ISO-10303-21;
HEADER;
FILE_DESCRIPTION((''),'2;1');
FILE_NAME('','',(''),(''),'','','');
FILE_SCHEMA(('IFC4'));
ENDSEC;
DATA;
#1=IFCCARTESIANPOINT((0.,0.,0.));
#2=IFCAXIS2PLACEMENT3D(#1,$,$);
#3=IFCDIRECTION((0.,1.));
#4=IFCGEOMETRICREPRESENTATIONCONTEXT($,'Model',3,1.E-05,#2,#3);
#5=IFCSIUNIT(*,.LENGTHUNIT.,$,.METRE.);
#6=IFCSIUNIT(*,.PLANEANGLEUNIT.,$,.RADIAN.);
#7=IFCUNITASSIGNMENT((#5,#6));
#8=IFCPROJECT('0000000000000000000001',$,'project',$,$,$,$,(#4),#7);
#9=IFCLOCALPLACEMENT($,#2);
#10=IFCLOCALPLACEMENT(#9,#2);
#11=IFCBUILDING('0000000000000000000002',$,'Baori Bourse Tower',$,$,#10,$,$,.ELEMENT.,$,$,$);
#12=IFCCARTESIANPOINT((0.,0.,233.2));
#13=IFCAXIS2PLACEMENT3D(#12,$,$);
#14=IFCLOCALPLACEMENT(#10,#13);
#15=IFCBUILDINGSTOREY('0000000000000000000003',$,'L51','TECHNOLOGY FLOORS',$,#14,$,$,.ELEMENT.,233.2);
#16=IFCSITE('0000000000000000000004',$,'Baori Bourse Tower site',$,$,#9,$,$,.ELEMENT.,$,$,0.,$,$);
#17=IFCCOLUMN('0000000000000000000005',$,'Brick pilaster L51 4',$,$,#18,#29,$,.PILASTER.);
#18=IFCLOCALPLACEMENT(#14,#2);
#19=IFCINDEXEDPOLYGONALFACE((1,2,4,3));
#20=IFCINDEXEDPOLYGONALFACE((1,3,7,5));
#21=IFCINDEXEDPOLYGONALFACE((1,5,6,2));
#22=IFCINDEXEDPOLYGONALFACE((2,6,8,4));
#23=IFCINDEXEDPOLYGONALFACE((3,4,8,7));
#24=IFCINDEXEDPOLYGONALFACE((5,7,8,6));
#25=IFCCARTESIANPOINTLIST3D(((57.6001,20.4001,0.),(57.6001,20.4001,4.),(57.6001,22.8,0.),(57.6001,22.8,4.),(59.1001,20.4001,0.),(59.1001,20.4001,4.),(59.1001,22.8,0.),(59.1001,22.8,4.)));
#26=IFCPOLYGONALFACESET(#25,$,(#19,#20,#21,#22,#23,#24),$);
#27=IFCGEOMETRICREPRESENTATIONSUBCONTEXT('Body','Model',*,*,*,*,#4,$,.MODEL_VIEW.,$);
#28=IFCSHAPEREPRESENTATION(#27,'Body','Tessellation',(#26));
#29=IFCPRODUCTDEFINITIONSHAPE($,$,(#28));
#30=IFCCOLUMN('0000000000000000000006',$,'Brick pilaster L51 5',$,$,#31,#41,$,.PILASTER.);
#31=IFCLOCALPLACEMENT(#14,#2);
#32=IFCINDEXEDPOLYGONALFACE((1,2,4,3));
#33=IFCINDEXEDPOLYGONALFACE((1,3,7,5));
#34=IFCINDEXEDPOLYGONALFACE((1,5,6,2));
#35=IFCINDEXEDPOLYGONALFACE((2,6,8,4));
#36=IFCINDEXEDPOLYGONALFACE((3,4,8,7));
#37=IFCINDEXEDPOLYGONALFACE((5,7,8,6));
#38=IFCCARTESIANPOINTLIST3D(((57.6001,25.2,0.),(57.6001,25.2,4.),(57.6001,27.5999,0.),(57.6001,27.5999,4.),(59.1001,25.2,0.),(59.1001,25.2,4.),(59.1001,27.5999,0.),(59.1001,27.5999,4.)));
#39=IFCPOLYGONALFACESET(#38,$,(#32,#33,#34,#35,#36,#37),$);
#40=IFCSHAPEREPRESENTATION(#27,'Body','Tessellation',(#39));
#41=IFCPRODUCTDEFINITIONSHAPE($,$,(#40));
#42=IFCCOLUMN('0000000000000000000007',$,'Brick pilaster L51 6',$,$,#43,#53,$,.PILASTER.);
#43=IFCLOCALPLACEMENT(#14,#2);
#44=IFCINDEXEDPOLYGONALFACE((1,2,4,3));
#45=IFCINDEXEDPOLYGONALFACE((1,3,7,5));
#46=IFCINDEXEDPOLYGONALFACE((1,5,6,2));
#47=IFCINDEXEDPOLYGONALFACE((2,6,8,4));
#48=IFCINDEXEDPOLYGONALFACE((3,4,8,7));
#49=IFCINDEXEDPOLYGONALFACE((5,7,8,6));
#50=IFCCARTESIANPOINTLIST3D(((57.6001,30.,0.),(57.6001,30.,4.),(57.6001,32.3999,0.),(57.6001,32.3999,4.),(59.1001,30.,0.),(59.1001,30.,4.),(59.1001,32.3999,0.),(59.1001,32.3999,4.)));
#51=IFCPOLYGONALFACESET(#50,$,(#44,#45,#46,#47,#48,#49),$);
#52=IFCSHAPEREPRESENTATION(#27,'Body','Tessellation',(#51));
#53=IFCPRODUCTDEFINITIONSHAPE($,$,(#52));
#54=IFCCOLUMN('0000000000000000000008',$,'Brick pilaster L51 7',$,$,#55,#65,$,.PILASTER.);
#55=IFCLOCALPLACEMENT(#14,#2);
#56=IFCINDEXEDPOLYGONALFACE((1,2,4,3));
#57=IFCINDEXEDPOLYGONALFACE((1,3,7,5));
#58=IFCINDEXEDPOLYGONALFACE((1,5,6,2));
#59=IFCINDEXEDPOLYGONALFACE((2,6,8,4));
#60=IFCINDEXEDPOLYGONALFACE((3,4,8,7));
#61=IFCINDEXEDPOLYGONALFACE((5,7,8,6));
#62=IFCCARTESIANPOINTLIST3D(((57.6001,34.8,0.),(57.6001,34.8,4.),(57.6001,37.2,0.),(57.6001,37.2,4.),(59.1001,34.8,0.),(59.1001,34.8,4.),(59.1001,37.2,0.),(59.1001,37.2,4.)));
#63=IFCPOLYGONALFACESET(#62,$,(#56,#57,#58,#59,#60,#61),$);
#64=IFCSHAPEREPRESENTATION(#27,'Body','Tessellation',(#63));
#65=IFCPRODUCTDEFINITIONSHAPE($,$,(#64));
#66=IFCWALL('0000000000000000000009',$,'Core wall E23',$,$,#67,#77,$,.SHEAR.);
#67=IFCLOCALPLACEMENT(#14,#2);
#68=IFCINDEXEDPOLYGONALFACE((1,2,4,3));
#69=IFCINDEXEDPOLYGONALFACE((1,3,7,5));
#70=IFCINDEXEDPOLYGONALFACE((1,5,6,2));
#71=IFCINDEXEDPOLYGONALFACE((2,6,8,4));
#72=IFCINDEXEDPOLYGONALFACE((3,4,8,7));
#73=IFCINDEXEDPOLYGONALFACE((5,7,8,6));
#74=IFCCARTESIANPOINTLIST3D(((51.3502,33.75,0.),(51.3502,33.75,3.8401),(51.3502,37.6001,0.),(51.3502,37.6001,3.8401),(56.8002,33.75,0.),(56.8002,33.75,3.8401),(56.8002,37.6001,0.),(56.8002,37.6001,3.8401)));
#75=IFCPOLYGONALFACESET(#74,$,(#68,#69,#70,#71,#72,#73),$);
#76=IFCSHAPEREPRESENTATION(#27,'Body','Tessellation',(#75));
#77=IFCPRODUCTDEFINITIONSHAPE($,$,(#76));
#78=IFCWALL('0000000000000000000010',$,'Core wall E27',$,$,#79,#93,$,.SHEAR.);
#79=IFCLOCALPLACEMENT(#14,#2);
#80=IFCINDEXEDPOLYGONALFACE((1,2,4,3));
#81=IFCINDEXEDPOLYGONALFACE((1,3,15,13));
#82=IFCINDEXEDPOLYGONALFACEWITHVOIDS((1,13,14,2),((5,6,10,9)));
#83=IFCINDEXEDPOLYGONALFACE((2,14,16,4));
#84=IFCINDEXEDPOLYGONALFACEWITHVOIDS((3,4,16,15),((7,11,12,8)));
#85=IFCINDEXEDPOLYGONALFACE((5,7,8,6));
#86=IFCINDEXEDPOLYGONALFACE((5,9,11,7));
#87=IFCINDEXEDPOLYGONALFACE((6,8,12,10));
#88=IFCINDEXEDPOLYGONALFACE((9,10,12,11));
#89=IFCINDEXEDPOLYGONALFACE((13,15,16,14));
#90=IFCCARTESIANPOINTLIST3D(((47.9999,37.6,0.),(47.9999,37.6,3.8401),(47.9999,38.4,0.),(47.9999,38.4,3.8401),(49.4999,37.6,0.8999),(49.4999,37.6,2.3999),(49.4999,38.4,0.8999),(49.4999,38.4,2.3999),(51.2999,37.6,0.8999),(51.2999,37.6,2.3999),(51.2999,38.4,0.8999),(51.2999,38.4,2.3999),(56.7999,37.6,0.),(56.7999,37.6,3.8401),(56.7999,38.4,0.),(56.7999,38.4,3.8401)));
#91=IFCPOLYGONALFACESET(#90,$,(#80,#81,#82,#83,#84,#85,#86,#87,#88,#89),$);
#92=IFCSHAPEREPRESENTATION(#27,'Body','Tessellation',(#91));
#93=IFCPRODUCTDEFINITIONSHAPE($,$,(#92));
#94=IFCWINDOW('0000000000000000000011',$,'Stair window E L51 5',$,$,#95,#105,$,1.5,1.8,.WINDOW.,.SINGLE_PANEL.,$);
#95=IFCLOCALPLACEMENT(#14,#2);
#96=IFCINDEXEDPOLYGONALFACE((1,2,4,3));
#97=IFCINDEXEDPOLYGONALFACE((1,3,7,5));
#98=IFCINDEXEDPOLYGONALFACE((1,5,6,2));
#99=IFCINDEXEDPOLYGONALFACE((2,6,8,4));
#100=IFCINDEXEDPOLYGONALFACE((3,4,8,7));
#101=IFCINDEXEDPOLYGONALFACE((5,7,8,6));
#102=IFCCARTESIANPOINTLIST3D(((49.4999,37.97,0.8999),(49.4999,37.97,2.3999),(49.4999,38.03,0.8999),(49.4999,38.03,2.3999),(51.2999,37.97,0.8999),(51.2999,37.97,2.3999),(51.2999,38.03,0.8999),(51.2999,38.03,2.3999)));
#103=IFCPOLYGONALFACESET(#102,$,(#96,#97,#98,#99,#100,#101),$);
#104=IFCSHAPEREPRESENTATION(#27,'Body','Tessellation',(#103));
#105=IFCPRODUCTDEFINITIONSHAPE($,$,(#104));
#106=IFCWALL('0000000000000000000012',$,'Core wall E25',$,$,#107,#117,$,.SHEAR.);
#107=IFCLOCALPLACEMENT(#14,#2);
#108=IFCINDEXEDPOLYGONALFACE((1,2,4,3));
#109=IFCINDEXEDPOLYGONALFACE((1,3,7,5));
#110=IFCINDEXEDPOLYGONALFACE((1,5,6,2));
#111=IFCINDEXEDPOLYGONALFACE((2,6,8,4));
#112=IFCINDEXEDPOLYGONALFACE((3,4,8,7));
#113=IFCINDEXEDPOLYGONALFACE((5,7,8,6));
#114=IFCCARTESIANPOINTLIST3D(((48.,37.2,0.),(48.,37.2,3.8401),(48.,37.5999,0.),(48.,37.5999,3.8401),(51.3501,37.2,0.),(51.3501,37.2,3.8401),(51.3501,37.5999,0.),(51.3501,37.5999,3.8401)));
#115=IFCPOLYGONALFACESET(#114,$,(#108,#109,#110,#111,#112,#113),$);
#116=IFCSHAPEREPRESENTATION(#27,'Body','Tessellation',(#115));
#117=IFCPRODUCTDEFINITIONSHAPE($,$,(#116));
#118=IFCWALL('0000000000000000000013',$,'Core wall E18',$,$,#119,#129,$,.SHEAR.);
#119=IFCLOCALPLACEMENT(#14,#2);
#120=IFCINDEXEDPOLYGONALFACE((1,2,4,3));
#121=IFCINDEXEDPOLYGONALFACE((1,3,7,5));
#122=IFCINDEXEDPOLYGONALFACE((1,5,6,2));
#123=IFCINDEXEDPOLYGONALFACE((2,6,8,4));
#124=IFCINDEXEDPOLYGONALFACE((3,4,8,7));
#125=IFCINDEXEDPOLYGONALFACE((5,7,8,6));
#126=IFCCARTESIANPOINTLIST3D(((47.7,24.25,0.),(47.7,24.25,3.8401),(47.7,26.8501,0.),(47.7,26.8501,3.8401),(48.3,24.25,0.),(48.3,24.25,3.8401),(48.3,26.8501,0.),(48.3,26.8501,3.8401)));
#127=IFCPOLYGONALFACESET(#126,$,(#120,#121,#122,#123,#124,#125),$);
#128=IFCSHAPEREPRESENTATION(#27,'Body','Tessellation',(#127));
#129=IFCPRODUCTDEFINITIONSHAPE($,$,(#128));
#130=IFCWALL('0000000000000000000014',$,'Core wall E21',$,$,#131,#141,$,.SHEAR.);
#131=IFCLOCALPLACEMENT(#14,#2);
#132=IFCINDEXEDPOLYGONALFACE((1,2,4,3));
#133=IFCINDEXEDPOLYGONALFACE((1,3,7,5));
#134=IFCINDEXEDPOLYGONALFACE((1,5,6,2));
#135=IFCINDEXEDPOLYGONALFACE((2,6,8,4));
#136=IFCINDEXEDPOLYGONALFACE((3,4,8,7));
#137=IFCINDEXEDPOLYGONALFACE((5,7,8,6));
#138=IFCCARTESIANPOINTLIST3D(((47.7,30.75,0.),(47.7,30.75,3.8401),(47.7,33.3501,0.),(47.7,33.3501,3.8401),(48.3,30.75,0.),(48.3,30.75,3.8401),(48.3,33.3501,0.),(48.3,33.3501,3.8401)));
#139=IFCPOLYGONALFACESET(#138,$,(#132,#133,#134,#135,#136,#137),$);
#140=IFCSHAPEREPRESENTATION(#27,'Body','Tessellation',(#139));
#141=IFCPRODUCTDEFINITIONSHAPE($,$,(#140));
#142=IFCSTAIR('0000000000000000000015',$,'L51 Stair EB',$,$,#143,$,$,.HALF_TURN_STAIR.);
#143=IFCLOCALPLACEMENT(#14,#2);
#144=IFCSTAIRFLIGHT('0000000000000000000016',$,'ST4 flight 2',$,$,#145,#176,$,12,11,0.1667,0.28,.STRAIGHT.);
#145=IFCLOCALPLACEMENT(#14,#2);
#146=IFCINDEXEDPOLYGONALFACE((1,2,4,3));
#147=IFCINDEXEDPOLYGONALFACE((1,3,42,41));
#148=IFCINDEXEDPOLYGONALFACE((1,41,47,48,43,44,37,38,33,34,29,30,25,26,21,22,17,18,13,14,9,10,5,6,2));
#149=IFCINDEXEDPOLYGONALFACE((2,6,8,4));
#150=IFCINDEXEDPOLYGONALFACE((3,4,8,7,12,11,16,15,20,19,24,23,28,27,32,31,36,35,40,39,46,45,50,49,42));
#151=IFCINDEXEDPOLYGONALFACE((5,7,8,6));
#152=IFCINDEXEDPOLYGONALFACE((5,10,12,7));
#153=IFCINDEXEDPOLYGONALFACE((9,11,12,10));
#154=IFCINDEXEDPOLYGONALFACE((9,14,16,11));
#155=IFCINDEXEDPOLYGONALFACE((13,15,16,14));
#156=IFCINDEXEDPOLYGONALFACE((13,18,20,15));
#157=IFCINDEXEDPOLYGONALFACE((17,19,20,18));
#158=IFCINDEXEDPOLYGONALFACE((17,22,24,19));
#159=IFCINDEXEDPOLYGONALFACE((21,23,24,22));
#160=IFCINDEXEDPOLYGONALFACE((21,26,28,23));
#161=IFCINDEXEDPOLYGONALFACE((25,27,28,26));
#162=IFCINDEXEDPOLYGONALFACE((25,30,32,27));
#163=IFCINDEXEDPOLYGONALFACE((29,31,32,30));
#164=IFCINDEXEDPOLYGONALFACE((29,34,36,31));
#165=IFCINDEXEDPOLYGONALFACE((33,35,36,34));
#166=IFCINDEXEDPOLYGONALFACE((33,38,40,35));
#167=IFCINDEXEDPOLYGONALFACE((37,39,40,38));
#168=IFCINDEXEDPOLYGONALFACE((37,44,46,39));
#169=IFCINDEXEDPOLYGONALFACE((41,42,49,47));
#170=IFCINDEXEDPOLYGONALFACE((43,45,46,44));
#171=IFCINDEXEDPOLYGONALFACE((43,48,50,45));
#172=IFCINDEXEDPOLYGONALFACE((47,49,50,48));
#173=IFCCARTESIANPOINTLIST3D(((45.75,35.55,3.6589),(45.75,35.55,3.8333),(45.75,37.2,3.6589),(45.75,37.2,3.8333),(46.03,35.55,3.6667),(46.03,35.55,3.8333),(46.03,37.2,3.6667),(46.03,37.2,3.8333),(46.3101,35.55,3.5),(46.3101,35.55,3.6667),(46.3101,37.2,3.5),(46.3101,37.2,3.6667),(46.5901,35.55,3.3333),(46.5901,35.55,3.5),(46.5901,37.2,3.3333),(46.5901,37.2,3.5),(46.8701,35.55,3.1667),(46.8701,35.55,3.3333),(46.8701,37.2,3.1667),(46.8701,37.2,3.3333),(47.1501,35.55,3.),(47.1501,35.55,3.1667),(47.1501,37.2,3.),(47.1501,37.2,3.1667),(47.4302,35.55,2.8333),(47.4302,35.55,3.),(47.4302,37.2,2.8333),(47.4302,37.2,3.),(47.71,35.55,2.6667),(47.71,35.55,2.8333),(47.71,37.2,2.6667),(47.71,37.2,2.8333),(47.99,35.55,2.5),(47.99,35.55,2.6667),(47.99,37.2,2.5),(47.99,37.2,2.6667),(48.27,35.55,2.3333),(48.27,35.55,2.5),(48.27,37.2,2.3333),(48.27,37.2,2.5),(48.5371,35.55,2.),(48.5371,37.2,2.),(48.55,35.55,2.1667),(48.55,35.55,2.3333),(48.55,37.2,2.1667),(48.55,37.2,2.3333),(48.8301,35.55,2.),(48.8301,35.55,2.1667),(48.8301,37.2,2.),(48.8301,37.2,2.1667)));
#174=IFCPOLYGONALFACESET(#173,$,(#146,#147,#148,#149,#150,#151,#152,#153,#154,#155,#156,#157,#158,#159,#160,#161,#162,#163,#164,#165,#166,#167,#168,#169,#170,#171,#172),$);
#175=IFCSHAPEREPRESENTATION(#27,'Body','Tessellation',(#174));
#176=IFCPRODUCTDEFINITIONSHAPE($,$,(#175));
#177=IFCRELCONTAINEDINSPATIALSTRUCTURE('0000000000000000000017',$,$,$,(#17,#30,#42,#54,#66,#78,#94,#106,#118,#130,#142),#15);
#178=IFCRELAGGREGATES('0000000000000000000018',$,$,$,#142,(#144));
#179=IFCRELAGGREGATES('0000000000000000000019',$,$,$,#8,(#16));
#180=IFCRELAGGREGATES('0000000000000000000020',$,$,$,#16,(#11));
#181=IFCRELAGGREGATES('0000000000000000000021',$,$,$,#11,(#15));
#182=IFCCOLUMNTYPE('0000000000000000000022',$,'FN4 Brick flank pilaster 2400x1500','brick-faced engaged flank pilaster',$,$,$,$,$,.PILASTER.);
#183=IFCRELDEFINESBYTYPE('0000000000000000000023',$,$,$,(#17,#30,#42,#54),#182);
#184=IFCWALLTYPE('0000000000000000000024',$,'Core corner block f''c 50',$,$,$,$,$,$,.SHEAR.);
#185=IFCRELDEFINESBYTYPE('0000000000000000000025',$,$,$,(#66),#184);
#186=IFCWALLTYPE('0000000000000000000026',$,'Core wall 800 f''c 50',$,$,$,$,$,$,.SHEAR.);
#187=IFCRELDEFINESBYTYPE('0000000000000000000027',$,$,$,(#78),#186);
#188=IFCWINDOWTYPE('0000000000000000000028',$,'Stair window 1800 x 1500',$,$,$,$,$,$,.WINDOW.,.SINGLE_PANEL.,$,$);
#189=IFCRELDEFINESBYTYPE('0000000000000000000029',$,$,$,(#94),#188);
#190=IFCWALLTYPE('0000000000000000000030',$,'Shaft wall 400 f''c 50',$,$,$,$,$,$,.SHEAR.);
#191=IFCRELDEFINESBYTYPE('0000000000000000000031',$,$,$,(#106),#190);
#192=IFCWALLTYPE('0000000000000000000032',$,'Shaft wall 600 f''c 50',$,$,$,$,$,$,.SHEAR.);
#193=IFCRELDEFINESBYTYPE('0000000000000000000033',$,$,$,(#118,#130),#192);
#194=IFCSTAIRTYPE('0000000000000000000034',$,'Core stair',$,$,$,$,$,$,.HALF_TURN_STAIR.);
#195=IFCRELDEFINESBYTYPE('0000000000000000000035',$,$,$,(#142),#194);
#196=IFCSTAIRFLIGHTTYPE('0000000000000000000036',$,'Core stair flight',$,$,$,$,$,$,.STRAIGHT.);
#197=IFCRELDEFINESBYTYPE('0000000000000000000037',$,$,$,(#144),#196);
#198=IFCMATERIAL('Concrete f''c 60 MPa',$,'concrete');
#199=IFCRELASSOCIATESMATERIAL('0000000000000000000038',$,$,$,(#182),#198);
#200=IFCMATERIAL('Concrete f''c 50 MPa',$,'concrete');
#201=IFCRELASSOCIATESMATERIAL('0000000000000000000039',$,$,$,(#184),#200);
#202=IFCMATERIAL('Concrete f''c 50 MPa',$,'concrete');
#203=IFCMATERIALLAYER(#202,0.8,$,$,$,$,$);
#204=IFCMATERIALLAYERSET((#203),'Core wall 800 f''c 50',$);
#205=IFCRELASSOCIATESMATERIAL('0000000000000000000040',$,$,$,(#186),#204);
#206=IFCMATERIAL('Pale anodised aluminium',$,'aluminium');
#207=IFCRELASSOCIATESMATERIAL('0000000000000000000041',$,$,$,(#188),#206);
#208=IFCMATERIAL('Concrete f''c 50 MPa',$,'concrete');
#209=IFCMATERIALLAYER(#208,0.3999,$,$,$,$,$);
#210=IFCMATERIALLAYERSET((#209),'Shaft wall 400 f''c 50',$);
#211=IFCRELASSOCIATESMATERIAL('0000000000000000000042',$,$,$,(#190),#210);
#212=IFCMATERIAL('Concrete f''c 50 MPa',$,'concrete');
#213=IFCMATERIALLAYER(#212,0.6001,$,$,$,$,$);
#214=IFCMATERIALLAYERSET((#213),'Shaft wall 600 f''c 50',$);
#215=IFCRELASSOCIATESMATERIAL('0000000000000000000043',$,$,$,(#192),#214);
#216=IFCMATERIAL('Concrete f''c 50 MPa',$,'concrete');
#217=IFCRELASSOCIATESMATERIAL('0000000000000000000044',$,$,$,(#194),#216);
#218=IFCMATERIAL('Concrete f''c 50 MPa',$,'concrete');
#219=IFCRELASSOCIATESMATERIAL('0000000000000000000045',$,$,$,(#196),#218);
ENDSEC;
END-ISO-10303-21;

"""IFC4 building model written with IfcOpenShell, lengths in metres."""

from ifc_helpers import new_model, si_unit, direction, frame, frame_2d, origin, origin_2d, place, context, subcontext, project, spatial, polyline, rectangle, outline, extrude, material, layer, layer_set, material_profile, profile_set, type_object, element, fill, aggregate, save


model = new_model("IFC4")

# Units and contexts
model_context = context("Model", 3, precision=1e-05, world=origin(), true_north=direction((0.0, 1.0)))
body_context = subcontext(model_context, "Body", "Model", "MODEL_VIEW")
ifc_project = project(units=[si_unit("LENGTHUNIT", "METRE"), si_unit("PLANEANGLEUNIT", "RADIAN")], contexts=[model_context])

# Site, building, storey
site_placement = place(None, origin())
site = spatial("IfcSite", under=ifc_project, at=site_placement, Name="Baori Bourse Tower site", CompositionType="ELEMENT", RefElevation=0.0)
building_placement = place(site_placement, origin())
building = spatial("IfcBuilding", under=site, at=building_placement, Name="Baori Bourse Tower", CompositionType="ELEMENT")
storey_placement = place(building_placement, frame((0.0, 0.0, 233.2)))
storey = spatial("IfcBuildingStorey", under=building, at=storey_placement, Name="L51", Description="TECHNOLOGY FLOORS", CompositionType="ELEMENT", Elevation=233.2)

# Columns
ifc_material_1 = material(Name="Concrete f'c 60 MPa", Category="concrete")
ifc_material_profile = material_profile(ifc_material_1, rectangle(XDim=2.3999, YDim=1.5, at=origin_2d()), Name="RC 2400x1500")
ifc_profile_set = profile_set([ifc_material_profile], Name="Concrete f'c 60 MPa")
column_type = type_object("IfcColumnType", Name="FN4 Brick flank pilaster 2400x1500", Description="brick-faced engaged flank pilaster", PredefinedType="PILASTER", material=ifc_profile_set)
for number, where, z_axis, x_axis, name in (
    (1, (58.3501, 21.6001, 0.0), (0.0, 0.0, 1.0), (0.0, 1.0, 0.0), "Brick pilaster L51 4"),
    (2, (58.3501, 26.3999, 0.0), (0.0, 0.0, 1.0), (0.0, 1.0, 0.0), "Brick pilaster L51 5"),
    (3, (58.3501, 31.2, 0.0), (0.0, 0.0, 1.0), (0.0, 1.0, 0.0), "Brick pilaster L51 6"),
    (4, (58.3501, 36.0, 0.0), (0.0, 0.0, 1.0), (0.0, 1.0, 0.0), "Brick pilaster L51 7"),
):
    element("IfcColumn", number, at=place(storey_placement, frame(where, z_axis=z_axis, x_axis=x_axis)), inside=storey, type_object=column_type, Name=name, PredefinedType="PILASTER", context=body_context, shape_type="SweptSolid", body=[
        extrude(rectangle(XDim=2.3999, YDim=1.5, at=origin_2d()), origin(), (0.0, 0.0, 1.0), 4.0),
    ])

# Wall
ifc_material_2 = material(Name="Concrete f'c 50 MPa", Category="concrete")
wall_type_1 = type_object("IfcWallType", Name="Core corner block f'c 50", PredefinedType="SHEAR", material=ifc_material_2)
wall_1_placement = place(storey_placement, frame((51.3501, 35.675, 0.0), z_axis=(0.0, 0.0, 1.0), x_axis=(1.0, 0.0, 0.0)))
element("IfcWall", 5, at=wall_1_placement, inside=storey, type_object=wall_type_1, Name="Core wall E23", PredefinedType="SHEAR", context=body_context, shape_type="SweptSolid", body=[
    extrude(rectangle(XDim=5.45, YDim=3.8501, at=frame_2d((2.7251, 0.0))), origin(), (0.0, 0.0, 1.0), 3.8401),
])

# Wall, opening, window
ifc_material_3 = material(Name="Concrete f'c 50 MPa", Category="concrete")
ifc_layer_1 = layer(ifc_material_3, 0.8)
ifc_layer_set_1 = layer_set([ifc_layer_1], Name="Core wall 800 f'c 50")
wall_type_2 = type_object("IfcWallType", Name="Core wall 800 f'c 50", PredefinedType="SHEAR", material=ifc_layer_set_1)
wall_2_placement = place(storey_placement, frame((48.0, 38.0, 0.0), z_axis=(0.0, 0.0, 1.0), x_axis=(1.0, 0.0, 0.0)))
wall_2 = element("IfcWall", 6, at=wall_2_placement, inside=storey, type_object=wall_type_2, Name="Core wall E27", PredefinedType="SHEAR", context=body_context, shape_type="SweptSolid", body=[
    extrude(rectangle(XDim=8.8, YDim=0.8, at=frame_2d((4.3999, 0.0))), origin(), (0.0, 0.0, 1.0), 3.8401),
])
opening_placement = place(wall_2_placement, frame((1.5, 0.0, 0.8999)))
opening = element("IfcOpeningElement", 7, at=opening_placement, cuts=wall_2, PredefinedType="OPENING", context=body_context, shape_type="SweptSolid", body=[
    extrude(rectangle(XDim=1.8, YDim=1.5, at=frame_2d((0.8999, 0.75))), frame((0.0, 0.4099, 0.0), z_axis=(0.0, -1.0, 0.0), x_axis=(1.0, 0.0, 0.0)), (0.0, 0.0, 1.0), 0.8201),
])
ifc_material_4 = material(Name="Pale anodised aluminium", Category="aluminium")
window_type = type_object("IfcWindowType", Name="Stair window 1800 x 1500", PartitioningType="SINGLE_PANEL", PredefinedType="WINDOW", material=ifc_material_4)
window_placement = place(opening_placement, origin())
window = element("IfcWindow", 8, at=window_placement, inside=storey, type_object=window_type, Name="Stair window E L51 5", OverallHeight=1.5, OverallWidth=1.8, PartitioningType="SINGLE_PANEL", PredefinedType="WINDOW", context=body_context, shape_type="SweptSolid", body=[
    extrude(rectangle(XDim=1.8, YDim=1.5, at=frame_2d((0.8999, 0.75))), frame((0.0, 0.03, 0.0), z_axis=(0.0, -1.0, 0.0), x_axis=(1.0, 0.0, 0.0)), (0.0, 0.0, 1.0), 0.0601),
])
fill(opening, window)

# Walls
ifc_material_5 = material(Name="Concrete f'c 50 MPa", Category="concrete")
ifc_layer_2 = layer(ifc_material_5, 0.3999)
ifc_layer_set_2 = layer_set([ifc_layer_2], Name="Shaft wall 400 f'c 50")
wall_type_3 = type_object("IfcWallType", Name="Shaft wall 400 f'c 50", PredefinedType="SHEAR", material=ifc_layer_set_2)
wall_3_placement = place(storey_placement, frame((48.0, 37.3999, 0.0), z_axis=(0.0, 0.0, 1.0), x_axis=(1.0, 0.0, 0.0)))
element("IfcWall", 9, at=wall_3_placement, inside=storey, type_object=wall_type_3, Name="Core wall E25", PredefinedType="SHEAR", context=body_context, shape_type="SweptSolid", body=[
    extrude(rectangle(XDim=3.3501, YDim=0.3999, at=frame_2d((1.675, 0.0))), origin(), (0.0, 0.0, 1.0), 3.8401),
])
ifc_material_6 = material(Name="Concrete f'c 50 MPa", Category="concrete")
ifc_layer_3 = layer(ifc_material_6, 0.6001)
ifc_layer_set_3 = layer_set([ifc_layer_3], Name="Shaft wall 600 f'c 50")
wall_type_4 = type_object("IfcWallType", Name="Shaft wall 600 f'c 50", PredefinedType="SHEAR", material=ifc_layer_set_3)
for number, where, z_axis, x_axis, name in (
    (10, (48.0, 24.25, 0.0), (0.0, 0.0, 1.0), (0.0, 1.0, 0.0), "Core wall E18"),
    (11, (48.0, 30.75, 0.0), (0.0, 0.0, 1.0), (0.0, 1.0, 0.0), "Core wall E21"),
):
    element("IfcWall", number, at=place(storey_placement, frame(where, z_axis=z_axis, x_axis=x_axis)), inside=storey, type_object=wall_type_4, Name=name, PredefinedType="SHEAR", context=body_context, shape_type="SweptSolid", body=[
        extrude(rectangle(XDim=2.6001, YDim=0.6001, at=frame_2d((1.3, 0.0))), origin(), (0.0, 0.0, 1.0), 3.8401),
    ])

# Stair, stair flight
ifc_material_7 = material(Name="Concrete f'c 50 MPa", Category="concrete")
stair_type = type_object("IfcStairType", Name="Core stair", PredefinedType="HALF_TURN_STAIR", material=ifc_material_7)
stair_placement = place(storey_placement, origin())
stair = element("IfcStair", 12, at=stair_placement, inside=storey, type_object=stair_type, Name="L51 Stair EB", PredefinedType="HALF_TURN_STAIR")
ifc_material_8 = material(Name="Concrete f'c 50 MPa", Category="concrete")
stair_flight_type = type_object("IfcStairFlightType", Name="Core stair flight", PredefinedType="STRAIGHT", material=ifc_material_8)
stair_flight_placement = place(storey_placement, frame((48.8301, 36.375, 2.0), z_axis=(0.0, 0.0, 1.0), x_axis=(-1.0, 0.0, 0.0)))
stair_flight = element("IfcStairFlight", 13, at=stair_flight_placement, type_object=stair_flight_type, Name="ST4 flight 2", NumberOfRisers=12, NumberOfTreads=11, PredefinedType="STRAIGHT", RiserHeight=0.1667, TreadLength=0.28, context=body_context, shape_type="SweptSolid", body=[
    extrude(outline(polyline([(0.0, 0.0), (0.0, 0.1667), (0.28, 0.1667), (0.28, 0.3333), (0.5601, 0.3333), (0.5601, 0.5), (0.8401, 0.5), (0.8401, 0.6667), (1.1201, 0.6667), (1.1201, 0.8333), (1.3999, 0.8333), (1.3999, 1.0), (1.6799, 1.0), (1.6799, 1.1667), (1.96, 1.1667), (1.96, 1.3333), (2.24, 1.3333), (2.24, 1.5), (2.52, 1.5), (2.52, 1.6667), (2.8, 1.6667), (2.8, 1.8333), (3.0801, 1.8333), (3.0801, 2.0), (3.0801, 1.6589), (0.293, 0.0), (0.0, 0.0)])), frame((0.0, 0.825, 0.0), z_axis=(0.0, -1.0, 0.0), x_axis=(1.0, 0.0, 0.0)), (0.0, 0.0, 1.0), 1.6499),
])
aggregate(stair, [stair_flight])

save(model, "model.ifc")
